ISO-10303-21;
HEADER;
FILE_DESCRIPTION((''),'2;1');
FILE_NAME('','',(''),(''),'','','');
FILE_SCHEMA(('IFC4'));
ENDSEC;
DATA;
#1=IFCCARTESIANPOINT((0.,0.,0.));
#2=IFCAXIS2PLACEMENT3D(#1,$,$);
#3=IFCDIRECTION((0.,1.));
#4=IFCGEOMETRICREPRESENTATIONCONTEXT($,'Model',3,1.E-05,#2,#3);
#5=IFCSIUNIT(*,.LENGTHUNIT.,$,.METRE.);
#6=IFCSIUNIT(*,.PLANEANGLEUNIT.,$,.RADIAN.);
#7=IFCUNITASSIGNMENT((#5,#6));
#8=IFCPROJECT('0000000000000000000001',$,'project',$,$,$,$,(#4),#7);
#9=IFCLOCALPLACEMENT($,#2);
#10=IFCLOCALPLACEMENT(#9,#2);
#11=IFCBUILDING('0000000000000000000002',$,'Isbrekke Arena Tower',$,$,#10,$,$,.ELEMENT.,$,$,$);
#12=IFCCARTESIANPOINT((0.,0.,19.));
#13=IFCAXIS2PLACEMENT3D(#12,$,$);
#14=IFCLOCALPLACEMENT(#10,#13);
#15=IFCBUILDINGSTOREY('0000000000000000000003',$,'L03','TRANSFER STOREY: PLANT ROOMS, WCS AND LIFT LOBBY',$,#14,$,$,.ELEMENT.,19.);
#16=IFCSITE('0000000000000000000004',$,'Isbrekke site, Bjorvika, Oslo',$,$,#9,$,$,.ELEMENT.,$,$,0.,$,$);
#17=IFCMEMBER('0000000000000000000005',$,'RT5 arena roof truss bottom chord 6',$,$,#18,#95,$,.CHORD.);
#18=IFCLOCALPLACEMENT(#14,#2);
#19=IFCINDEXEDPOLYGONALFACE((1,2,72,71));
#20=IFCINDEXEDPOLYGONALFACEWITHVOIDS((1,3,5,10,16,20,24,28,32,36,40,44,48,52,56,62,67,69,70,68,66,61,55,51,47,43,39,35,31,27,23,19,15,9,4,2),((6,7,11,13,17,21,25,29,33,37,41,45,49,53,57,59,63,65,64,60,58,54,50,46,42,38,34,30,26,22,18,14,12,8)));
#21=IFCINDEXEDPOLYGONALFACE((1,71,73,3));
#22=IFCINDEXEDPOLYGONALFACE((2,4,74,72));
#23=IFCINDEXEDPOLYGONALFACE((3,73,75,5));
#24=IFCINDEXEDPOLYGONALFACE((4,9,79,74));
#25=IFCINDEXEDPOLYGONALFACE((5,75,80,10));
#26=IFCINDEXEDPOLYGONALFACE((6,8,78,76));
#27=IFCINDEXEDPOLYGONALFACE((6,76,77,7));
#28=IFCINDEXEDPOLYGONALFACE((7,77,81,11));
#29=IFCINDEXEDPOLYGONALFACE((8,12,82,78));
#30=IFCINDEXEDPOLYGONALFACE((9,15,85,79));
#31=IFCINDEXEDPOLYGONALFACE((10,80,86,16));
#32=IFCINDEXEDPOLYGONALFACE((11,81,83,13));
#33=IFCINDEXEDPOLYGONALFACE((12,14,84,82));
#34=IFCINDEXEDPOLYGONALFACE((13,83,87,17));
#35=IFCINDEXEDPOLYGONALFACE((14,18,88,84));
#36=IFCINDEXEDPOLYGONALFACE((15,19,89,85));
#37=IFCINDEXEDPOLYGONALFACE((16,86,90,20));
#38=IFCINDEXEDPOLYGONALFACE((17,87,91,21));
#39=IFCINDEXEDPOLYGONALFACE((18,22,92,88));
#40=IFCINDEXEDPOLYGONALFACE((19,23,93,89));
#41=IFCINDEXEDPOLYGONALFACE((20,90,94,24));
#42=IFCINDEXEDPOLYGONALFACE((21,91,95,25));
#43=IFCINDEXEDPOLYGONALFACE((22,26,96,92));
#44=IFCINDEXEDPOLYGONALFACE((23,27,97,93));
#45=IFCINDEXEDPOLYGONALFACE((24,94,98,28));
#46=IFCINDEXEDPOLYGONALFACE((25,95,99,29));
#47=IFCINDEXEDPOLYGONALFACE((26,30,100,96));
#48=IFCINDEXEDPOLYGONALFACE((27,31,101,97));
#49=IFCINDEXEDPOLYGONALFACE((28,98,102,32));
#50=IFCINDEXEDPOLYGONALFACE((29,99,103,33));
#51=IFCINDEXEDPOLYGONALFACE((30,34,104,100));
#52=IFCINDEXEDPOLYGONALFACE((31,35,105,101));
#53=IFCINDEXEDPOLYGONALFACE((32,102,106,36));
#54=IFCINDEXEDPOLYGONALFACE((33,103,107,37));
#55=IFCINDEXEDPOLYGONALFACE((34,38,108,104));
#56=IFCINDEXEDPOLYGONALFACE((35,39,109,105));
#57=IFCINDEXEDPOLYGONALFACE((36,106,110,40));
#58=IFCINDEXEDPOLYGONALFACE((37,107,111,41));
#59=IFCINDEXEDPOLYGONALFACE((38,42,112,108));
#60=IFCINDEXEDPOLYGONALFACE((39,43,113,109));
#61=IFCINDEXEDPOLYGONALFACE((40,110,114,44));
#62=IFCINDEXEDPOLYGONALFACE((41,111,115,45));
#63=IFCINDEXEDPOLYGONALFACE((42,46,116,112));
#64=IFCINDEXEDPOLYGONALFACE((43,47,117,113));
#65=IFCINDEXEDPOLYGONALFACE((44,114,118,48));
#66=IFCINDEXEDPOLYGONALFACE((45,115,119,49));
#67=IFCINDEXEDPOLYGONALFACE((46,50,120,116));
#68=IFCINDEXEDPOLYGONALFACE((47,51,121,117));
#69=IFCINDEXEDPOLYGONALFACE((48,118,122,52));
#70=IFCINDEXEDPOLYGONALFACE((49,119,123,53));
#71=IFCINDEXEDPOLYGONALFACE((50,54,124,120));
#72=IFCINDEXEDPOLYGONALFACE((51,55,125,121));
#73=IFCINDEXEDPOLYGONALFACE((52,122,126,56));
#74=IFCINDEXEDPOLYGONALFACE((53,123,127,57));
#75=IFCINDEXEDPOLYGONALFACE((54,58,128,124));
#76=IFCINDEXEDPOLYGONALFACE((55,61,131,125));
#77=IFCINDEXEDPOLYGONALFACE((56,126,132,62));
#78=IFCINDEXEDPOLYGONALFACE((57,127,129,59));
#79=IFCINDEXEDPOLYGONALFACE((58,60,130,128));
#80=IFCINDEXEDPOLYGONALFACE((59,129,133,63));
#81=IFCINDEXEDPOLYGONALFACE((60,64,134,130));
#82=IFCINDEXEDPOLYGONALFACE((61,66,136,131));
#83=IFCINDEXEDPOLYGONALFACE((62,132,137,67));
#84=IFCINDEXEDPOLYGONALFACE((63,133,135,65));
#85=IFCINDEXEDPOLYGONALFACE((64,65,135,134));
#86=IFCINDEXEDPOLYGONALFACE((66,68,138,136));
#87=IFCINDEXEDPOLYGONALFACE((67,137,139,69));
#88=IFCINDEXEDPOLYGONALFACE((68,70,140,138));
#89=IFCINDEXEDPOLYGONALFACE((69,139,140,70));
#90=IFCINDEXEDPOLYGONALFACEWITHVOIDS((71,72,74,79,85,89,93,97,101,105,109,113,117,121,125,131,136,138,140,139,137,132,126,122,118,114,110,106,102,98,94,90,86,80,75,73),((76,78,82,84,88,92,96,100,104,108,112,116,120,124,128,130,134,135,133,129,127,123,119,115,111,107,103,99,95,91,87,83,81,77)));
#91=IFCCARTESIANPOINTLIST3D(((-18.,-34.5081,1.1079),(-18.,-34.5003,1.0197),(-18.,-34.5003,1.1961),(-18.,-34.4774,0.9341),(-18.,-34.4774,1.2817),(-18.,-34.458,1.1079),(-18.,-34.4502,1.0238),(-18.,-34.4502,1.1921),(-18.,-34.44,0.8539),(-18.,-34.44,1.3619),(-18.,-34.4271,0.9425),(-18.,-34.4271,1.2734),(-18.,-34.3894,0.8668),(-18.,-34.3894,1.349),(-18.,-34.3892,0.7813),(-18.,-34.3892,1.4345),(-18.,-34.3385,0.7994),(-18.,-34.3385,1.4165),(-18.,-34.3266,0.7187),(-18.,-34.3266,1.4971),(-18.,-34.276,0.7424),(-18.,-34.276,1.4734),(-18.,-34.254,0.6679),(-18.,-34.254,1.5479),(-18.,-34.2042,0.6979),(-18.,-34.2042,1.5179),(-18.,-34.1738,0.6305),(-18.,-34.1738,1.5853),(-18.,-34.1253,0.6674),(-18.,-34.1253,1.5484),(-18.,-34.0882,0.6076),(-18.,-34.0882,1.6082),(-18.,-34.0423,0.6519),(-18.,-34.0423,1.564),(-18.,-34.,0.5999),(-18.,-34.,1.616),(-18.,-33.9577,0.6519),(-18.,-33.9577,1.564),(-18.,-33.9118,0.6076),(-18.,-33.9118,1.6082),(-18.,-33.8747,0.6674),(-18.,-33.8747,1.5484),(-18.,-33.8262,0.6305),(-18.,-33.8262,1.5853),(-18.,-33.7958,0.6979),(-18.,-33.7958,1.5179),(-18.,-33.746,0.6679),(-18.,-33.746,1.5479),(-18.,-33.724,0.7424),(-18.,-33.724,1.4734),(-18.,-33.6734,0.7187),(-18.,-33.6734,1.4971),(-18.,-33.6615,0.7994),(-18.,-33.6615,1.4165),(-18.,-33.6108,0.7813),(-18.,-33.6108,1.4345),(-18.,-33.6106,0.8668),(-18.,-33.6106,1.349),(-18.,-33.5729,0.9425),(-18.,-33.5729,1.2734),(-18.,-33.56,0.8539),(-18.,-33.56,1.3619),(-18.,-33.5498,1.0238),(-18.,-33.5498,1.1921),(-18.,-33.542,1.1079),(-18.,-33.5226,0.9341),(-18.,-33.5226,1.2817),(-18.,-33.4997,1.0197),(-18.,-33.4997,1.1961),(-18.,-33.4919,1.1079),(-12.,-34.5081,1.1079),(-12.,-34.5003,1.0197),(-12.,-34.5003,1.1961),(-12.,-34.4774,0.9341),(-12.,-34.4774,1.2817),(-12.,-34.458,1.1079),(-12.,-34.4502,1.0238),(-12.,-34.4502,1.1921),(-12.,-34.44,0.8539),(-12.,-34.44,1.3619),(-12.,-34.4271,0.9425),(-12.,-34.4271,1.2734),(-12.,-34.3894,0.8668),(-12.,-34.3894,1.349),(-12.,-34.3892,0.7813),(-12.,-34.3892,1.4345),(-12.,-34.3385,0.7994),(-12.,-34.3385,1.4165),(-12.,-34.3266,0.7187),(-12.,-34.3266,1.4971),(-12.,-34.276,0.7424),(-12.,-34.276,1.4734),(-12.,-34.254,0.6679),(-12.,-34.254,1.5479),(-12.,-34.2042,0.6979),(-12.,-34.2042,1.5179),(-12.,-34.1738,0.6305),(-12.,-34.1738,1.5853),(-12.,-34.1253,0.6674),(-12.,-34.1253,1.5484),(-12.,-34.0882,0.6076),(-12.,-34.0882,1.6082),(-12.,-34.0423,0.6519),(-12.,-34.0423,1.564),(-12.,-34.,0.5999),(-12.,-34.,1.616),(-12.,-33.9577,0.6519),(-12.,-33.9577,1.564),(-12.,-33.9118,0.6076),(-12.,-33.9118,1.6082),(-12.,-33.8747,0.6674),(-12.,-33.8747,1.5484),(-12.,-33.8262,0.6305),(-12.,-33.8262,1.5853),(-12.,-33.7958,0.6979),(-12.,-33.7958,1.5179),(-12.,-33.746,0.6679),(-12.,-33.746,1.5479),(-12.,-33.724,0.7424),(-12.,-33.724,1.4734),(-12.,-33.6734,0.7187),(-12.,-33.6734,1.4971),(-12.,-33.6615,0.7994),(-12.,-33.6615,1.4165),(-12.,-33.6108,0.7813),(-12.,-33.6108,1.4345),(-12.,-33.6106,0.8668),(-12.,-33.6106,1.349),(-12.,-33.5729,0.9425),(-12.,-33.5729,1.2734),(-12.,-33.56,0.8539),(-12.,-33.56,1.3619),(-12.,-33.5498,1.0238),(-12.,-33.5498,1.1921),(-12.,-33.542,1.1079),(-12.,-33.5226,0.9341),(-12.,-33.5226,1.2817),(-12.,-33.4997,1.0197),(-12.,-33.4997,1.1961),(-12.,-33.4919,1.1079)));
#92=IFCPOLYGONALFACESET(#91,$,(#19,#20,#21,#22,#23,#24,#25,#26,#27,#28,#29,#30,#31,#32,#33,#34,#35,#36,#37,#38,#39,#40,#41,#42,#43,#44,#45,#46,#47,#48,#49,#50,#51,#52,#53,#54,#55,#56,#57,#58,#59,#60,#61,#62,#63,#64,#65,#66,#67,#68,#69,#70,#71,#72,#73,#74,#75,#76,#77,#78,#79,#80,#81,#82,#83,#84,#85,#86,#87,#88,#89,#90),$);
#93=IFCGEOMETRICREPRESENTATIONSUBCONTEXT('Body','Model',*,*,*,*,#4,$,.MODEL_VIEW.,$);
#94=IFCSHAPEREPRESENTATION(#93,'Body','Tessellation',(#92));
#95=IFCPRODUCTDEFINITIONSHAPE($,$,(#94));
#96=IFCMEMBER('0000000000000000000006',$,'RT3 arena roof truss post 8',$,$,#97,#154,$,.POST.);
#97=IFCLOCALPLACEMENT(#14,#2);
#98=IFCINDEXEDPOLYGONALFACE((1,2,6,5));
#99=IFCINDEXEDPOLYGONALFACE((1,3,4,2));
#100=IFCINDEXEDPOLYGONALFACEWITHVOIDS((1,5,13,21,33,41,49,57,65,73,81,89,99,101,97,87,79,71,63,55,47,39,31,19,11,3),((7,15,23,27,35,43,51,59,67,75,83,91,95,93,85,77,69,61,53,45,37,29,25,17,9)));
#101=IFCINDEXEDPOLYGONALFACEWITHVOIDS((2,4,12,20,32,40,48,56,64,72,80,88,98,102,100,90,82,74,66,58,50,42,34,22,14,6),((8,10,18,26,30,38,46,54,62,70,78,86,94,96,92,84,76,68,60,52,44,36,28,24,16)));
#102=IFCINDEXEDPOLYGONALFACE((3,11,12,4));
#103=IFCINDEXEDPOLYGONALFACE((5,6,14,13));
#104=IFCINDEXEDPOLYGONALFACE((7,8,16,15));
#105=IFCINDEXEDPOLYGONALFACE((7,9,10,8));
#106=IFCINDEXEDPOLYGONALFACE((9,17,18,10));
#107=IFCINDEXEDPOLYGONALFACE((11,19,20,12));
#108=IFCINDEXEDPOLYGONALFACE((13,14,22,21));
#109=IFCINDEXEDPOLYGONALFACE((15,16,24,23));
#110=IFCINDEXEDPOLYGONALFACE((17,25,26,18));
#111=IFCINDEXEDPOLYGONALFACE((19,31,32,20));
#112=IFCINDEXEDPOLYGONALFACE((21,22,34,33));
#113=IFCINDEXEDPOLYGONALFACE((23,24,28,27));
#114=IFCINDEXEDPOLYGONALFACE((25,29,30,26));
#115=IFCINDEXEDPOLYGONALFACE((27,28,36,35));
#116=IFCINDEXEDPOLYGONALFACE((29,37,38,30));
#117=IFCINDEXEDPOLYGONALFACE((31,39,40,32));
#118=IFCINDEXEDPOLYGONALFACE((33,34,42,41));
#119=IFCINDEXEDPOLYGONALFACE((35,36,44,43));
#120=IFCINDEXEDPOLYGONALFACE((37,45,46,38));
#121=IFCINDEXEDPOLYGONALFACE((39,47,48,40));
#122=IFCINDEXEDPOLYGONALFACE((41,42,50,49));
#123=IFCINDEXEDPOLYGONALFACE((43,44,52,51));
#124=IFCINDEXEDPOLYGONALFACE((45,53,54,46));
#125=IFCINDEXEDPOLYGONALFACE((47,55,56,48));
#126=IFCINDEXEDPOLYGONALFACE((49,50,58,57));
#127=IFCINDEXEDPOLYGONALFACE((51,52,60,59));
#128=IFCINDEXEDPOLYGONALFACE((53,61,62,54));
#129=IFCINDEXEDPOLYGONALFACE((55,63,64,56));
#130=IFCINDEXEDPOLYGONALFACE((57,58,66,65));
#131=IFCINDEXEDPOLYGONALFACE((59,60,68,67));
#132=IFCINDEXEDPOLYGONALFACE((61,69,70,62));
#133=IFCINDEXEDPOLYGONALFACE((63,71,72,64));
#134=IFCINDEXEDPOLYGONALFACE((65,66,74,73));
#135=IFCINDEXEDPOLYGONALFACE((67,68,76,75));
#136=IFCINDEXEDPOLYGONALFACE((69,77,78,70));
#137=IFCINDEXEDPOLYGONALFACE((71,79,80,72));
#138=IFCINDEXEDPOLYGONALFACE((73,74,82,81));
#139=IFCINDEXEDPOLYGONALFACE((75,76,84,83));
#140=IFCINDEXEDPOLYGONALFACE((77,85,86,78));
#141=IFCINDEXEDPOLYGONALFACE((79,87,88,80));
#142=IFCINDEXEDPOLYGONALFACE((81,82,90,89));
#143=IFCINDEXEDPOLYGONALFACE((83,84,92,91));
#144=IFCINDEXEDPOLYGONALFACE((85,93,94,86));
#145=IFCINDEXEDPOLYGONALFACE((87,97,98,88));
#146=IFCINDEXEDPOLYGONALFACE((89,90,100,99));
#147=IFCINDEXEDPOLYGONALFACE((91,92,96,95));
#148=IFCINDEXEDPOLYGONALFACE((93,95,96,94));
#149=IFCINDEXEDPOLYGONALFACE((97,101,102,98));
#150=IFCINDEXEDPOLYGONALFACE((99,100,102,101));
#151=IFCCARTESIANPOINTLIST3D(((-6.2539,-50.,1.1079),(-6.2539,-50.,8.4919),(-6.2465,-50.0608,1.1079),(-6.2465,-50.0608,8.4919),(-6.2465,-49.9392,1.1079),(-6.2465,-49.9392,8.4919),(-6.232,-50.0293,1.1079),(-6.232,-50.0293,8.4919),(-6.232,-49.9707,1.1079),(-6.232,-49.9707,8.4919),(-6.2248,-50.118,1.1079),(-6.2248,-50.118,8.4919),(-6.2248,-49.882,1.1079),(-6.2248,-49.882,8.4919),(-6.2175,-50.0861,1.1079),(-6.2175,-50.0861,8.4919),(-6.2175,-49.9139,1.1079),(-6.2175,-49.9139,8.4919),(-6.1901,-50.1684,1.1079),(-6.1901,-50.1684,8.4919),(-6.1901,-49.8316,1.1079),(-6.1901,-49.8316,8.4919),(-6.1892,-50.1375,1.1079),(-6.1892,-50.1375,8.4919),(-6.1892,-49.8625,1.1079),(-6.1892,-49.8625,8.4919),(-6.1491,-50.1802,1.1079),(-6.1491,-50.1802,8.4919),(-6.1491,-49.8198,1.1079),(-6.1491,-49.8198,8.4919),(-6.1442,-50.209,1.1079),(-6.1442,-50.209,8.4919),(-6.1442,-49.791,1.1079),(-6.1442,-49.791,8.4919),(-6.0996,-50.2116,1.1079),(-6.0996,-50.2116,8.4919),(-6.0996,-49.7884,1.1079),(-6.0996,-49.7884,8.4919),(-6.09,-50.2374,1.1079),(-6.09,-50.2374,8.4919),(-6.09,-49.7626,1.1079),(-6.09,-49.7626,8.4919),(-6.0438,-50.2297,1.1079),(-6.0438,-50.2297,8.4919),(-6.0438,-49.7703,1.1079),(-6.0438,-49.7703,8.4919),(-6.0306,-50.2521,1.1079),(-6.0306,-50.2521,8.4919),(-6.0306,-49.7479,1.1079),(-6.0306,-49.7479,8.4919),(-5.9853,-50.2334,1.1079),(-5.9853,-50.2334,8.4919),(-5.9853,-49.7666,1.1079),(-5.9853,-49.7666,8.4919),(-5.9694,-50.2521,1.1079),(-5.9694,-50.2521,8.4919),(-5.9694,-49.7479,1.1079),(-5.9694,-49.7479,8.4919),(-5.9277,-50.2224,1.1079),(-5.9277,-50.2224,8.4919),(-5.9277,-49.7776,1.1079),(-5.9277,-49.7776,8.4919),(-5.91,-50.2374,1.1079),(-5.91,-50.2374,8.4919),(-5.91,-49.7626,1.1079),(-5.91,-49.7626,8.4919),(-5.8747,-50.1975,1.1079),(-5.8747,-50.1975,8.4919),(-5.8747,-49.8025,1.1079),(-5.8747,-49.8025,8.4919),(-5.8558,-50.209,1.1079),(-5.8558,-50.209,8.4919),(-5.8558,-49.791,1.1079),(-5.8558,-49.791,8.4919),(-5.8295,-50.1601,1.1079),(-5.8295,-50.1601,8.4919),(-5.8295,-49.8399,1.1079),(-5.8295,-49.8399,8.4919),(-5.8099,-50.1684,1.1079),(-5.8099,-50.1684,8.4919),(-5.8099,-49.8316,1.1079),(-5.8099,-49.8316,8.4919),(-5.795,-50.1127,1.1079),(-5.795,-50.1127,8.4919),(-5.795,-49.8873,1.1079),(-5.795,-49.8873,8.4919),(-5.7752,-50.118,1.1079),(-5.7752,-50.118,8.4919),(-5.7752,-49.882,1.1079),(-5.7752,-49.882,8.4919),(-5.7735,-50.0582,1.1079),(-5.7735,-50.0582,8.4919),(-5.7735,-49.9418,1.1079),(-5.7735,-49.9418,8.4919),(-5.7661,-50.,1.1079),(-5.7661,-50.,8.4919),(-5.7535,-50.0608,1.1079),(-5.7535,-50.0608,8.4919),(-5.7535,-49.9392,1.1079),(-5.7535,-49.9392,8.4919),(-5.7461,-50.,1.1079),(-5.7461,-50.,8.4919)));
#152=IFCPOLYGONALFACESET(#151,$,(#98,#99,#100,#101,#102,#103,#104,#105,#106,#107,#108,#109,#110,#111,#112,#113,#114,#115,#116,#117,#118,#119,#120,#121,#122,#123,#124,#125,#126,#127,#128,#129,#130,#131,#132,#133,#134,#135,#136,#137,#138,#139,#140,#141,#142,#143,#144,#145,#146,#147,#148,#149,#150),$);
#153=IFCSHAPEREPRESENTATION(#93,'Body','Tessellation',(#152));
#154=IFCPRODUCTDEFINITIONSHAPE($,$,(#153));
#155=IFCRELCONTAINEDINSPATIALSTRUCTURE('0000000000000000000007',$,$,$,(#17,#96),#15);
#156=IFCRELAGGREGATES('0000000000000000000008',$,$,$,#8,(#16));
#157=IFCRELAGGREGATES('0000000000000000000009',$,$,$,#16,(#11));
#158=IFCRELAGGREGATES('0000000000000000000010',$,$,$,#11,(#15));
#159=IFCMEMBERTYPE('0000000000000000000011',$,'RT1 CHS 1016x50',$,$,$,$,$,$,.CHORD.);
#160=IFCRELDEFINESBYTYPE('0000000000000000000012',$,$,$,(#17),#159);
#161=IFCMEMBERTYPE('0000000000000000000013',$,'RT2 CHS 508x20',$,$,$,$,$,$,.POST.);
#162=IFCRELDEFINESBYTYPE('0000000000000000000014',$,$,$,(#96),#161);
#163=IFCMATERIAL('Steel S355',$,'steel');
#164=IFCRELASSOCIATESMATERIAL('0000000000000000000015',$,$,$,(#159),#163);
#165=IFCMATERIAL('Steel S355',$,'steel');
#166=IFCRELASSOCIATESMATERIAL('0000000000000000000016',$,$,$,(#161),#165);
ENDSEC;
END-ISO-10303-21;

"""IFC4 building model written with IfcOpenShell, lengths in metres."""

from ifc_helpers import new_model, si_unit, direction, frame, origin, origin_2d, place, context, subcontext, project, spatial, hollow_circle, extrude, material, material_profile, profile_set, type_object, element, save


model = new_model("IFC4")

# Units and contexts
model_context = context("Model", 3, precision=1e-05, world=origin(), true_north=direction((0.0, 1.0)))
body_context = subcontext(model_context, "Body", "Model", "MODEL_VIEW")
ifc_project = project(units=[si_unit("LENGTHUNIT", "METRE"), si_unit("PLANEANGLEUNIT", "RADIAN")], contexts=[model_context])

# Site, building, storey
site_placement = place(None, origin())
site = spatial("IfcSite", under=ifc_project, at=site_placement, Name="Isbrekke site, Bjorvika, Oslo", CompositionType="ELEMENT", RefElevation=0.0)
building_placement = place(site_placement, origin())
building = spatial("IfcBuilding", under=site, at=building_placement, Name="Isbrekke Arena Tower", CompositionType="ELEMENT")
storey_placement = place(building_placement, frame((0.0, 0.0, 19.0)))
storey = spatial("IfcBuildingStorey", under=building, at=storey_placement, Name="L03", Description="TRANSFER STOREY: PLANT ROOMS, WCS AND LIFT LOBBY", CompositionType="ELEMENT", Elevation=19.0)

# Members
ifc_material_1 = material(Name="Steel S355", Category="steel")
ifc_material_profile_1 = material_profile(ifc_material_1, hollow_circle(Radius=0.5081, WallThickness=0.05, at=origin_2d()), Name="CHS 1016x50")
ifc_profile_set_1 = profile_set([ifc_material_profile_1], Name="Steel S355")
member_type_1 = type_object("IfcMemberType", Name="RT1 CHS 1016x50", PredefinedType="CHORD", material=ifc_profile_set_1)
for number, where, z_axis, x_axis, name in (
    (1, (-18.0, -34.0, 1.1079), (1.0, 0.0, 0.0), (0.0, 1.0, 0.0), "RT5 arena roof truss bottom chord 6"),
):
    element("IfcMember", number, at=place(storey_placement, frame(where, z_axis=z_axis, x_axis=x_axis)), inside=storey, type_object=member_type_1, Name=name, PredefinedType="CHORD", context=body_context, shape_type="SweptSolid", body=[
        extrude(hollow_circle(Radius=0.5081, WallThickness=0.05, at=origin_2d()), origin(), (0.0, 0.0, 1.0), 6.0),
    ])
ifc_material_2 = material(Name="Steel S355", Category="steel")
ifc_material_profile_2 = material_profile(ifc_material_2, hollow_circle(Radius=0.2539, WallThickness=0.02, at=origin_2d()), Name="CHS 508x20")
ifc_profile_set_2 = profile_set([ifc_material_profile_2], Name="Steel S355")
member_type_2 = type_object("IfcMemberType", Name="RT2 CHS 508x20", PredefinedType="POST", material=ifc_profile_set_2)
for number, where, z_axis, x_axis, name in (
    (2, (-6.0, -50.0, 1.1079), (0.0, 0.0, 1.0), (1.0, 0.0, 0.0), "RT3 arena roof truss post 8"),
):
    element("IfcMember", number, at=place(storey_placement, frame(where, z_axis=z_axis, x_axis=x_axis)), inside=storey, type_object=member_type_2, Name=name, PredefinedType="POST", context=body_context, shape_type="SweptSolid", body=[
        extrude(hollow_circle(Radius=0.2539, WallThickness=0.02, at=origin_2d()), origin(), (0.0, 0.0, 1.0), 7.384),
    ])

save(model, "model.ifc")
